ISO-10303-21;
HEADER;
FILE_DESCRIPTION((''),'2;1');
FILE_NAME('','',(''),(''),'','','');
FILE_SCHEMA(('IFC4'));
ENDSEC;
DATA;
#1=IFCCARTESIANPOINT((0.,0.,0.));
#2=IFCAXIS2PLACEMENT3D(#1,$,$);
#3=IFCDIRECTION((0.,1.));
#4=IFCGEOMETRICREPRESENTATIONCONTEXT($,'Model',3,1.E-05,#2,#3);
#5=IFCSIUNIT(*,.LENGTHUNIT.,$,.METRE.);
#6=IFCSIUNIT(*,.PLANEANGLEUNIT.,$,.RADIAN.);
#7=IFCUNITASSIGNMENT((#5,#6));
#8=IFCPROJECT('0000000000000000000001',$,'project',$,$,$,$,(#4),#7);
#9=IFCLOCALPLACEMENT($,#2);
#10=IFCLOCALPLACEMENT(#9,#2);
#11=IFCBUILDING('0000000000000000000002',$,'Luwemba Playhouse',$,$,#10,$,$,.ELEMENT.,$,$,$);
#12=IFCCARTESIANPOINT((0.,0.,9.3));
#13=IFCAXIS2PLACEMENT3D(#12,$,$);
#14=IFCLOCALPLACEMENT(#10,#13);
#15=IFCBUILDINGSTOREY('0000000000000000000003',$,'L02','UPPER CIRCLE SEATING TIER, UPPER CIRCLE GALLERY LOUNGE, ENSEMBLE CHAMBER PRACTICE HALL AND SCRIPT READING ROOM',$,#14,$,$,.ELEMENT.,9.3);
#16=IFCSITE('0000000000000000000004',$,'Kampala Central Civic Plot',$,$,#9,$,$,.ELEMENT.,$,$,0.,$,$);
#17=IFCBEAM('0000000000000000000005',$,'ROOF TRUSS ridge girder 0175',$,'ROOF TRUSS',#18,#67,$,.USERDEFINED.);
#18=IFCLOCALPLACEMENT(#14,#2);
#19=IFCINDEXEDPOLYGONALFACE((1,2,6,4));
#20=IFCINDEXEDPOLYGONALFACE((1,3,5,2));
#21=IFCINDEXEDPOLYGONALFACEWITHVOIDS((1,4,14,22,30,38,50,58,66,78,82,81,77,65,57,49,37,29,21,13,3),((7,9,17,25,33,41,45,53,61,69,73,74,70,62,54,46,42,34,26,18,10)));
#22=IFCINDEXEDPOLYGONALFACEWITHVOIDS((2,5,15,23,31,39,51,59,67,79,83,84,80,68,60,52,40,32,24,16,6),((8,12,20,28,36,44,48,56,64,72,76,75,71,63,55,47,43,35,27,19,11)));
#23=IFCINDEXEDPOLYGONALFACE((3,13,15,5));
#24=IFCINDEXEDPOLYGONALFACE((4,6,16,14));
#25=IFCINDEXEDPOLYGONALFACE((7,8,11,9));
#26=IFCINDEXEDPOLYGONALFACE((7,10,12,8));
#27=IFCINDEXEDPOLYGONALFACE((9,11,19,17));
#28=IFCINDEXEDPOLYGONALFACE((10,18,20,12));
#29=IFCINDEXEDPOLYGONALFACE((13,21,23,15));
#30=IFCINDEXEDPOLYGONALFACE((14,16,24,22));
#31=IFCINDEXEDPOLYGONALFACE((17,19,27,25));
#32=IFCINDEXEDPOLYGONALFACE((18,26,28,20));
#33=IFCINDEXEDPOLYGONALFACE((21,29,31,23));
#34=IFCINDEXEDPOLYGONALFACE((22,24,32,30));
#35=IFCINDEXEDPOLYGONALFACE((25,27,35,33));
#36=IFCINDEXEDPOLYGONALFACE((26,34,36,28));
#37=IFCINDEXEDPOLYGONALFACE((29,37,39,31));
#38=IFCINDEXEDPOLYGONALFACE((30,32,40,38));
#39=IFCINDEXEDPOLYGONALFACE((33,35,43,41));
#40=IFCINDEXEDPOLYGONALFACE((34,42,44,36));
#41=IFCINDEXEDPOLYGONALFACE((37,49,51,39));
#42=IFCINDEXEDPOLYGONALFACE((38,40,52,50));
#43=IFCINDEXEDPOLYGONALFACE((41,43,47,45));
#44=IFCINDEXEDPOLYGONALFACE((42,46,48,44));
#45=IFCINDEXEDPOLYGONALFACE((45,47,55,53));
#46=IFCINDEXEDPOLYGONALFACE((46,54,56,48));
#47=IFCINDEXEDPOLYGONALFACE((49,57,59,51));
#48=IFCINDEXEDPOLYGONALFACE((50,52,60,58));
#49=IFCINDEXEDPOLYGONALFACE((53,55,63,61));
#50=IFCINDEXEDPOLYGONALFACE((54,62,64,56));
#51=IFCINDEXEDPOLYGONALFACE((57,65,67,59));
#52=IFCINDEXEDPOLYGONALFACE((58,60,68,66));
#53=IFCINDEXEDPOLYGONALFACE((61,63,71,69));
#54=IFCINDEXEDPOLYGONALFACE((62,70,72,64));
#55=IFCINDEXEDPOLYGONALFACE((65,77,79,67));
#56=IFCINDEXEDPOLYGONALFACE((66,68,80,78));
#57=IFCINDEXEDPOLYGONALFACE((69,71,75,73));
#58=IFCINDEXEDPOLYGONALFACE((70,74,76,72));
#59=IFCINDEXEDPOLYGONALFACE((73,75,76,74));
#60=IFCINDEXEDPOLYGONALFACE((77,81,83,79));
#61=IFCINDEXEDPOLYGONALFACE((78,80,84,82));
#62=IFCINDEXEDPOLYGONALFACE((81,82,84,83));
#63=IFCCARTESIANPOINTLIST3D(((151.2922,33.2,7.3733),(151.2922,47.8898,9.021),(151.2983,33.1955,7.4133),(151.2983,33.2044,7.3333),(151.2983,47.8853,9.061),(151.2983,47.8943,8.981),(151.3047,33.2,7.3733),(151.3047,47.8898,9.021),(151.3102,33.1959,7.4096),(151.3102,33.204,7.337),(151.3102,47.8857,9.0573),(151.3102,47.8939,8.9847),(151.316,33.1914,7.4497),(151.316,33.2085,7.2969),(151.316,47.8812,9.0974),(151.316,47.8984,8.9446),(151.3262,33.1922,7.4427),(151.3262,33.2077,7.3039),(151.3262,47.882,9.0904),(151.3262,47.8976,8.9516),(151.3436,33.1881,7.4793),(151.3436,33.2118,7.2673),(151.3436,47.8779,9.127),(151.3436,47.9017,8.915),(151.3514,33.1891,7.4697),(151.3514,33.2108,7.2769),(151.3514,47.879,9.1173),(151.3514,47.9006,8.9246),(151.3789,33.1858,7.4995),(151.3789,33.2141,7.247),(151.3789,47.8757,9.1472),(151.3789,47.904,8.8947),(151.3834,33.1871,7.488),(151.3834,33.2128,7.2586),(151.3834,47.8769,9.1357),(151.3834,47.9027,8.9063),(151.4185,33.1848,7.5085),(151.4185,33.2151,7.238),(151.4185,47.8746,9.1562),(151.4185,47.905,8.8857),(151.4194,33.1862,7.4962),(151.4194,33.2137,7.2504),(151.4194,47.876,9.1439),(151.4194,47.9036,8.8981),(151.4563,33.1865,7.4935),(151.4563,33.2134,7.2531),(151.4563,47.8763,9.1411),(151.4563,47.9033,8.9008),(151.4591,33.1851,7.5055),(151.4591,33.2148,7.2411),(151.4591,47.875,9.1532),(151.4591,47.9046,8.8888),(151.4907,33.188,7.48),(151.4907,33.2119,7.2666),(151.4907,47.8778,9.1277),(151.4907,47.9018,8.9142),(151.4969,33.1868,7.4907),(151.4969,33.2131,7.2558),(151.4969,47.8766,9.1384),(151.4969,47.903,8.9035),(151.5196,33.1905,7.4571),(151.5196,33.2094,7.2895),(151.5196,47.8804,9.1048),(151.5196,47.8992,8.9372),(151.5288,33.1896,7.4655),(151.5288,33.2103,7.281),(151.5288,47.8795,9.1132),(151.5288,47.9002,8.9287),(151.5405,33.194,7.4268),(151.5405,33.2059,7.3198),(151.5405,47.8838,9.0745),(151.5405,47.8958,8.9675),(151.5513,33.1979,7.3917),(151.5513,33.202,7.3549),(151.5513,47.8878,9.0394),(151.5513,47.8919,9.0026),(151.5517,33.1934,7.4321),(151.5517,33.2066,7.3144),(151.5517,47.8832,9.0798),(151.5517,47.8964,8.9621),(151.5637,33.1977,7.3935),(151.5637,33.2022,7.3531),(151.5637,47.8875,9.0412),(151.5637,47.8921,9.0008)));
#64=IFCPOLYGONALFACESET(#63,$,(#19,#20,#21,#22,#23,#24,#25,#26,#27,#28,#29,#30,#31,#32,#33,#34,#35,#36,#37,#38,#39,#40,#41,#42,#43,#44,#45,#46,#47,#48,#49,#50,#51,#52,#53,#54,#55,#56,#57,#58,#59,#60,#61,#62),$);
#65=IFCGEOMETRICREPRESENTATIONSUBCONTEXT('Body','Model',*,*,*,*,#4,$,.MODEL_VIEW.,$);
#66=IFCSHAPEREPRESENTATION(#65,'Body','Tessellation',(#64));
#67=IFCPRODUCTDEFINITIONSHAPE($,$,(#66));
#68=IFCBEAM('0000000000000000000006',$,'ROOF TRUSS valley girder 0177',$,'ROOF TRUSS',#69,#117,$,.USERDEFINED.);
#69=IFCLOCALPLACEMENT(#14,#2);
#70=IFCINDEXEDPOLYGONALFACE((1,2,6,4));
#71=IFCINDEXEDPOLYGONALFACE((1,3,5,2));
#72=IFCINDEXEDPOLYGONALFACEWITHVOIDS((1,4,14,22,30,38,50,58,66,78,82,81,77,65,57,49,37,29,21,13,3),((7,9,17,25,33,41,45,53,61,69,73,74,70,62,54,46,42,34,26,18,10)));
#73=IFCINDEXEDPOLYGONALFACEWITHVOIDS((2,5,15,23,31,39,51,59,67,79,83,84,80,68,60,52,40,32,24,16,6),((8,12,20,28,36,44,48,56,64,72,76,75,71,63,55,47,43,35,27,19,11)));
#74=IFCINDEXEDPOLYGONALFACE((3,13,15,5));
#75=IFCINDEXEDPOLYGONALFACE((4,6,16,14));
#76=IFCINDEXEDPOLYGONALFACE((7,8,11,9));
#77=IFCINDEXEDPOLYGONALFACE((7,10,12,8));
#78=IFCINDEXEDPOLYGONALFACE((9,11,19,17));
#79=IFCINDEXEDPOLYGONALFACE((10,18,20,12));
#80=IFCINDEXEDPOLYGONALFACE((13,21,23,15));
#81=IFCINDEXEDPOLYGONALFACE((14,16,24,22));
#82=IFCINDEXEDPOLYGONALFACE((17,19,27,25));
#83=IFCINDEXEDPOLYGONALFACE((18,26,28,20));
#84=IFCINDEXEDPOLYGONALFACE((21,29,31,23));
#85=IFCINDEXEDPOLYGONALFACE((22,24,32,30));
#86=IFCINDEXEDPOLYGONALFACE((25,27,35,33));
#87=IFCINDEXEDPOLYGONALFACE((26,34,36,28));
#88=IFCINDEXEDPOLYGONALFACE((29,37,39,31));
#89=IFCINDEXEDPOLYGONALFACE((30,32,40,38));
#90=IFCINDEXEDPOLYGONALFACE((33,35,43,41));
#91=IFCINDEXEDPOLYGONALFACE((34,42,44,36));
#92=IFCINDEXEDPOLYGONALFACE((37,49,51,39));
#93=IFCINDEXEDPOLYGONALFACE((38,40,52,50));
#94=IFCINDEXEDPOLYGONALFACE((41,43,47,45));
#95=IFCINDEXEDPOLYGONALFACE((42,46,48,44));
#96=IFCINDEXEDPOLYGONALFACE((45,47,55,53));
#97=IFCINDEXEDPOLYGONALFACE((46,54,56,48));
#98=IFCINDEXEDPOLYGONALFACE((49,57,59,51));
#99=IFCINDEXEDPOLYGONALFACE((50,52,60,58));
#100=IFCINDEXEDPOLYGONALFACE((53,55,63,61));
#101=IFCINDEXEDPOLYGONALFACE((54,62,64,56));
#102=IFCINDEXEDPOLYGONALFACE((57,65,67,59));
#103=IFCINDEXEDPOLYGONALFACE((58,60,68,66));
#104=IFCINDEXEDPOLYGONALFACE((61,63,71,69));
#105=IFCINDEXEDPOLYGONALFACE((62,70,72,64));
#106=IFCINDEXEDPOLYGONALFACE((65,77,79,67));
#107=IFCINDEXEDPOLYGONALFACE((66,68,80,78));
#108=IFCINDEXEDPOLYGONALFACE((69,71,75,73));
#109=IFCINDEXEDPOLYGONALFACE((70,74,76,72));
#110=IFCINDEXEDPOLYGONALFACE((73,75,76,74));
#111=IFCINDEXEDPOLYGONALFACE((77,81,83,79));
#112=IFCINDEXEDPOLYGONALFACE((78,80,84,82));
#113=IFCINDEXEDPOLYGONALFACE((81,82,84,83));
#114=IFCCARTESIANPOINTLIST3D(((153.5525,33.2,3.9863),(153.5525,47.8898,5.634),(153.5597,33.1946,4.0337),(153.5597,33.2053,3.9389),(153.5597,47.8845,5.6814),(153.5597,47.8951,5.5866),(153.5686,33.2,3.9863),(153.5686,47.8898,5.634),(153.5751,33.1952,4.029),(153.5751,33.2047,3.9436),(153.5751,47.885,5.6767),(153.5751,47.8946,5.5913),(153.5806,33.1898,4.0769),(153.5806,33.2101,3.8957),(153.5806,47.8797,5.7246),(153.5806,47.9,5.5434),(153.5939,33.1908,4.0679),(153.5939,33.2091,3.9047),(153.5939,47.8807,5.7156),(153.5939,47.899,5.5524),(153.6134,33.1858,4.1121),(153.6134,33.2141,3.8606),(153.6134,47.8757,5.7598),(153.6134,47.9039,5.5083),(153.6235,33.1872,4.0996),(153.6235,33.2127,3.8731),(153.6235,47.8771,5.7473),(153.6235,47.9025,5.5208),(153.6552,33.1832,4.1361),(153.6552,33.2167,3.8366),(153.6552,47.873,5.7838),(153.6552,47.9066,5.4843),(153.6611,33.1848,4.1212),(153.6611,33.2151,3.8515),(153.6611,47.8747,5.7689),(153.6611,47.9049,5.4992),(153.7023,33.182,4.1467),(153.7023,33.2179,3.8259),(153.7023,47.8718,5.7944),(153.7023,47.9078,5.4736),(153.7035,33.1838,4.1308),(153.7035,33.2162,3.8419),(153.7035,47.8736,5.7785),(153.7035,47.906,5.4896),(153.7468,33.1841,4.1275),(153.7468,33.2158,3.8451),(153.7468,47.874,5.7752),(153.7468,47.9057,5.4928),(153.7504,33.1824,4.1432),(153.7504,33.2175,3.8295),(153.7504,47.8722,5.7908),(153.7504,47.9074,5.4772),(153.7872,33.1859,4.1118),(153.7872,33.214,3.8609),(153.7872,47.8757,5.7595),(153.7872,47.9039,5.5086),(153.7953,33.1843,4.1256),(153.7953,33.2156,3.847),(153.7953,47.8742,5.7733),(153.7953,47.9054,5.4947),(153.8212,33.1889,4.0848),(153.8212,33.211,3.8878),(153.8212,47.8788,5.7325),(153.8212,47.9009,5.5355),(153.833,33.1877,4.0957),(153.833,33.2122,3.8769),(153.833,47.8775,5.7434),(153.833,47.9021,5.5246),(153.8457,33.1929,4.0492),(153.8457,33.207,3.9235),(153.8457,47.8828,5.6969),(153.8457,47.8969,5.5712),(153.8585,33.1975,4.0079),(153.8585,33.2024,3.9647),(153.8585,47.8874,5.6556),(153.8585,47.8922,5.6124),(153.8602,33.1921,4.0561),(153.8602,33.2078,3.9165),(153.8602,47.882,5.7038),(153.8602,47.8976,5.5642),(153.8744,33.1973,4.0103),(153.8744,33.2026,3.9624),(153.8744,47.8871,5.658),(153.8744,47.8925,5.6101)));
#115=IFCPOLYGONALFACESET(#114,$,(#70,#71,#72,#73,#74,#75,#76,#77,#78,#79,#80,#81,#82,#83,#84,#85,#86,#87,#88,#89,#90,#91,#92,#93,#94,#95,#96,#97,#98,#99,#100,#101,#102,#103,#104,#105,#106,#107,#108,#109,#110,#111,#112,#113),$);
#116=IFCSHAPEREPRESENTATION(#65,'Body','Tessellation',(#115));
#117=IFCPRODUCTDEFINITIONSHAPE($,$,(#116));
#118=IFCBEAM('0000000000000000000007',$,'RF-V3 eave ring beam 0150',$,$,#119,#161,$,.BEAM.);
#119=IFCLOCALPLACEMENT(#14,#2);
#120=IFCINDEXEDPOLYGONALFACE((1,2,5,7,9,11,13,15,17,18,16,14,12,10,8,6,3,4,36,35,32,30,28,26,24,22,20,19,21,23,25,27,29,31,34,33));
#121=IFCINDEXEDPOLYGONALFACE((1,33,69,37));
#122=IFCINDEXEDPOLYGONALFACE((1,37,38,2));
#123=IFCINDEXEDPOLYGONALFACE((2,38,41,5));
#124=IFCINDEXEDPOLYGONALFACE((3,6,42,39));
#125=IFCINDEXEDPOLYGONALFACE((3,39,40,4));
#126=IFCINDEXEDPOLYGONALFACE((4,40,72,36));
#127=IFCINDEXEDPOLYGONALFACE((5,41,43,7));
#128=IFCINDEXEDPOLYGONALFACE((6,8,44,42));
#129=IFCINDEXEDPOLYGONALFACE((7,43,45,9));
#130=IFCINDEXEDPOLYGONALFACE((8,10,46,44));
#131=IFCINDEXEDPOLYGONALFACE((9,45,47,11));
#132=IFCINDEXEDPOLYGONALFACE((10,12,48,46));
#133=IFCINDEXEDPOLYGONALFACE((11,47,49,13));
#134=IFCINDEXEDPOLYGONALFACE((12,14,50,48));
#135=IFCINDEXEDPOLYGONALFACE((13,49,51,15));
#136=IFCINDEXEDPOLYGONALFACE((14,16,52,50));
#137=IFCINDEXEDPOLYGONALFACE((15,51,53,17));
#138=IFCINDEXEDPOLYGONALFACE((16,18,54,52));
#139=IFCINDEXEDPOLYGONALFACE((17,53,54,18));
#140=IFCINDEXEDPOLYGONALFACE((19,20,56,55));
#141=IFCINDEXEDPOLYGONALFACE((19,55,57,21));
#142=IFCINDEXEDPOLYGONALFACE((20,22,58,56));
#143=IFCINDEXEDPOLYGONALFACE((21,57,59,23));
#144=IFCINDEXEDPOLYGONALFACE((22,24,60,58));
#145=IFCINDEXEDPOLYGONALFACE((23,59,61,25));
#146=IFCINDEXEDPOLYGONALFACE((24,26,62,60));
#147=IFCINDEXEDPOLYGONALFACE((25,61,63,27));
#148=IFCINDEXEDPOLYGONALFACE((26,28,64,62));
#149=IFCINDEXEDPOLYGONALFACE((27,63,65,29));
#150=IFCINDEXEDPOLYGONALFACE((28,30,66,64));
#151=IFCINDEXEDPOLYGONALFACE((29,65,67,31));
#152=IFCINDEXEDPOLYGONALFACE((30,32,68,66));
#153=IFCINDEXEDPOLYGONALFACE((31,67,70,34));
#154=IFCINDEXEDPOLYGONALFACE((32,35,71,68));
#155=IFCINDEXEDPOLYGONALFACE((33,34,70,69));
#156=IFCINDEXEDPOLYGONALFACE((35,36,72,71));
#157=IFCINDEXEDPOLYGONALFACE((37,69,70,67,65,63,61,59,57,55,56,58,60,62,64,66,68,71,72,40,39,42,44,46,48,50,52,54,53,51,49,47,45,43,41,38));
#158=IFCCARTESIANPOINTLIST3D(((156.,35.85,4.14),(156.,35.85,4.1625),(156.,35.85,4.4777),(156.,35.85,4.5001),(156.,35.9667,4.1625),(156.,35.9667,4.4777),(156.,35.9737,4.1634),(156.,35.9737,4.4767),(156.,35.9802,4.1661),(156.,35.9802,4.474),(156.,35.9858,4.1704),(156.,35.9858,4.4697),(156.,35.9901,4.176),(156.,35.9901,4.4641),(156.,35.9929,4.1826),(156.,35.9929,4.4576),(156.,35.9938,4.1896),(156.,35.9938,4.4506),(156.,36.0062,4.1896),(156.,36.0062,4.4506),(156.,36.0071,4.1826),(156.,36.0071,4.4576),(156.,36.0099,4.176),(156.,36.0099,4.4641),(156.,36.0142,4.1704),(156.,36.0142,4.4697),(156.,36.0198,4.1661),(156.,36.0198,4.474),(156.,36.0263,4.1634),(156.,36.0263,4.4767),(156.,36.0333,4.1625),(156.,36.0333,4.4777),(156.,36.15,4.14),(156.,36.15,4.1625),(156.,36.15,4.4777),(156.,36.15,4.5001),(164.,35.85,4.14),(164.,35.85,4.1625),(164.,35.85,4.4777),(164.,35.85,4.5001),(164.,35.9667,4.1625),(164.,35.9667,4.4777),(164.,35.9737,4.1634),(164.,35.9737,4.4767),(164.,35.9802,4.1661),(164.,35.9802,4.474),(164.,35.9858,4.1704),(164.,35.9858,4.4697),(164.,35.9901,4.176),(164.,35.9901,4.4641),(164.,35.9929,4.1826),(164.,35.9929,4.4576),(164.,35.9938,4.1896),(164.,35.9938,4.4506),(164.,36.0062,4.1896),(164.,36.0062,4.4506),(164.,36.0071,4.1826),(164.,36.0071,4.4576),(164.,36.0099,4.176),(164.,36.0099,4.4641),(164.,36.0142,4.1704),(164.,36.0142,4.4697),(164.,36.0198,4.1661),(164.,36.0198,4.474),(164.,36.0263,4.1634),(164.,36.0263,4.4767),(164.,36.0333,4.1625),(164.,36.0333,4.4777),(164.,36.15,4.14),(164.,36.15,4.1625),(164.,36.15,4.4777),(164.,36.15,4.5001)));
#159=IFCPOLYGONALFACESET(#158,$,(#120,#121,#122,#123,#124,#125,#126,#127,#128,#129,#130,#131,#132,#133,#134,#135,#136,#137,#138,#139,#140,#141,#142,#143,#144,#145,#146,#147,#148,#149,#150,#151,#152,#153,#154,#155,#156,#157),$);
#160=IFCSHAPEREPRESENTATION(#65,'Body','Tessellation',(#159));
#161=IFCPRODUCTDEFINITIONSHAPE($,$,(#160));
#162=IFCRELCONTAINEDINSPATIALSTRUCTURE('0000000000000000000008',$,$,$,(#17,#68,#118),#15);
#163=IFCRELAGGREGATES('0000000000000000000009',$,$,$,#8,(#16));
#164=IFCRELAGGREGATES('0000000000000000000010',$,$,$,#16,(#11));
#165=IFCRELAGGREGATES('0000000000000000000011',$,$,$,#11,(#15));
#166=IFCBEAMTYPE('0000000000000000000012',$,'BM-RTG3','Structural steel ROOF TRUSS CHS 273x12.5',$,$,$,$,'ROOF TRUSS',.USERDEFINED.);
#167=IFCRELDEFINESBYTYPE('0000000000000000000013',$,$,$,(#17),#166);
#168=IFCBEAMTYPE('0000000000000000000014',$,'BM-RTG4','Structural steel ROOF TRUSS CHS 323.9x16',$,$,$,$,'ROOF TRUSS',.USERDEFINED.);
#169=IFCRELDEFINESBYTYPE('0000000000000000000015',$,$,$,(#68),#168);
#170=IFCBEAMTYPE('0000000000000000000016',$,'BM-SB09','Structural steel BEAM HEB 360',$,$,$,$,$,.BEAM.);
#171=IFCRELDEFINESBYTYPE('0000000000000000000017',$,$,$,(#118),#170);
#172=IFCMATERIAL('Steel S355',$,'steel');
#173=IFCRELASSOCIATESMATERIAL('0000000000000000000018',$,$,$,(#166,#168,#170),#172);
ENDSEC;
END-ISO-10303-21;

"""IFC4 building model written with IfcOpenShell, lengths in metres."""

from ifc_helpers import new_model, si_unit, direction, frame, origin, origin_2d, place, context, subcontext, project, spatial, hollow_circle, i_section, extrude, material, material_profile, profile_set, type_object, element, save


model = new_model("IFC4")

# Units and contexts
model_context = context("Model", 3, precision=1e-05, world=origin(), true_north=direction((0.0, 1.0)))
body_context = subcontext(model_context, "Body", "Model", "MODEL_VIEW")
ifc_project = project(units=[si_unit("LENGTHUNIT", "METRE"), si_unit("PLANEANGLEUNIT", "RADIAN")], contexts=[model_context])

# Site, building, storey
site_placement = place(None, origin())
site = spatial("IfcSite", under=ifc_project, at=site_placement, Name="Kampala Central Civic Plot", CompositionType="ELEMENT", RefElevation=0.0)
building_placement = place(site_placement, origin())
building = spatial("IfcBuilding", under=site, at=building_placement, Name="Luwemba Playhouse", CompositionType="ELEMENT")
storey_placement = place(building_placement, frame((0.0, 0.0, 9.3)))
storey = spatial("IfcBuildingStorey", under=building, at=storey_placement, Name="L02", Description="UPPER CIRCLE SEATING TIER, UPPER CIRCLE GALLERY LOUNGE, ENSEMBLE CHAMBER PRACTICE HALL AND SCRIPT READING ROOM", CompositionType="ELEMENT", Elevation=9.3)

# Beams
ifc_material_1 = material(Name="Steel S355", Category="steel")
ifc_material_profile_1 = material_profile(ifc_material_1, hollow_circle(Radius=0.1365, WallThickness=0.0125, at=origin_2d()))
ifc_profile_set_1 = profile_set([ifc_material_profile_1], Name="Steel S355")
beam_type_1 = type_object("IfcBeamType", Name="BM-RTG3", Description="Structural steel ROOF TRUSS CHS 273x12.5", ElementType="ROOF TRUSS", PredefinedType="USERDEFINED", material=ifc_profile_set_1)
beam_1_placement = place(storey_placement, frame((151.4287, 33.2, 7.3733), z_axis=(0.0, 0.993768, 0.111467), x_axis=(-1.0, 0.0, 0.0)))
element("IfcBeam", 1, at=beam_1_placement, inside=storey, type_object=beam_type_1, Name="ROOF TRUSS ridge girder 0175", ObjectType="ROOF TRUSS", PredefinedType="USERDEFINED", context=body_context, shape_type="SweptSolid", body=[
    extrude(hollow_circle(Radius=0.1365, WallThickness=0.0125, at=origin_2d()), origin(), (0.0, 0.0, 1.0), 14.782),
])
ifc_material_profile_2 = material_profile(ifc_material_1, hollow_circle(Radius=0.1619, WallThickness=0.0161, at=origin_2d()))
ifc_profile_set_2 = profile_set([ifc_material_profile_2], Name="Steel S355")
beam_type_2 = type_object("IfcBeamType", Name="BM-RTG4", Description="Structural steel ROOF TRUSS CHS 323.9x16", ElementType="ROOF TRUSS", PredefinedType="USERDEFINED", material=ifc_profile_set_2)
beam_2_placement = place(storey_placement, frame((153.7144, 33.2, 3.9863), z_axis=(0.0, 0.993768, 0.111467), x_axis=(-1.0, 0.0, 0.0)))
element("IfcBeam", 2, at=beam_2_placement, inside=storey, type_object=beam_type_2, Name="ROOF TRUSS valley girder 0177", ObjectType="ROOF TRUSS", PredefinedType="USERDEFINED", context=body_context, shape_type="SweptSolid", body=[
    extrude(hollow_circle(Radius=0.1619, WallThickness=0.0161, at=origin_2d()), origin(), (0.0, 0.0, 1.0), 14.782),
])
ifc_material_profile_3 = material_profile(ifc_material_1, i_section(OverallWidth=0.3, OverallDepth=0.3601, WebThickness=0.0125, FlangeThickness=0.0225, FilletRadius=0.0271, at=origin_2d()))
ifc_profile_set_3 = profile_set([ifc_material_profile_3], Name="Steel S355")
beam_type_3 = type_object("IfcBeamType", Name="BM-SB09", Description="Structural steel BEAM HEB 360", PredefinedType="BEAM", material=ifc_profile_set_3)
beam_3_placement = place(storey_placement, frame((156.0, 36.0, 4.3201), z_axis=(1.0, 0.0, 0.0), x_axis=(0.0, 1.0, 0.0)))
element("IfcBeam", 3, at=beam_3_placement, inside=storey, type_object=beam_type_3, Name="RF-V3 eave ring beam 0150", PredefinedType="BEAM", context=body_context, shape_type="SweptSolid", body=[
    extrude(i_section(OverallWidth=0.3, OverallDepth=0.3601, WebThickness=0.0125, FlangeThickness=0.0225, FilletRadius=0.0271, at=origin_2d()), origin(), (0.0, 0.0, 1.0), 8.0),
])

save(model, "model.ifc")
